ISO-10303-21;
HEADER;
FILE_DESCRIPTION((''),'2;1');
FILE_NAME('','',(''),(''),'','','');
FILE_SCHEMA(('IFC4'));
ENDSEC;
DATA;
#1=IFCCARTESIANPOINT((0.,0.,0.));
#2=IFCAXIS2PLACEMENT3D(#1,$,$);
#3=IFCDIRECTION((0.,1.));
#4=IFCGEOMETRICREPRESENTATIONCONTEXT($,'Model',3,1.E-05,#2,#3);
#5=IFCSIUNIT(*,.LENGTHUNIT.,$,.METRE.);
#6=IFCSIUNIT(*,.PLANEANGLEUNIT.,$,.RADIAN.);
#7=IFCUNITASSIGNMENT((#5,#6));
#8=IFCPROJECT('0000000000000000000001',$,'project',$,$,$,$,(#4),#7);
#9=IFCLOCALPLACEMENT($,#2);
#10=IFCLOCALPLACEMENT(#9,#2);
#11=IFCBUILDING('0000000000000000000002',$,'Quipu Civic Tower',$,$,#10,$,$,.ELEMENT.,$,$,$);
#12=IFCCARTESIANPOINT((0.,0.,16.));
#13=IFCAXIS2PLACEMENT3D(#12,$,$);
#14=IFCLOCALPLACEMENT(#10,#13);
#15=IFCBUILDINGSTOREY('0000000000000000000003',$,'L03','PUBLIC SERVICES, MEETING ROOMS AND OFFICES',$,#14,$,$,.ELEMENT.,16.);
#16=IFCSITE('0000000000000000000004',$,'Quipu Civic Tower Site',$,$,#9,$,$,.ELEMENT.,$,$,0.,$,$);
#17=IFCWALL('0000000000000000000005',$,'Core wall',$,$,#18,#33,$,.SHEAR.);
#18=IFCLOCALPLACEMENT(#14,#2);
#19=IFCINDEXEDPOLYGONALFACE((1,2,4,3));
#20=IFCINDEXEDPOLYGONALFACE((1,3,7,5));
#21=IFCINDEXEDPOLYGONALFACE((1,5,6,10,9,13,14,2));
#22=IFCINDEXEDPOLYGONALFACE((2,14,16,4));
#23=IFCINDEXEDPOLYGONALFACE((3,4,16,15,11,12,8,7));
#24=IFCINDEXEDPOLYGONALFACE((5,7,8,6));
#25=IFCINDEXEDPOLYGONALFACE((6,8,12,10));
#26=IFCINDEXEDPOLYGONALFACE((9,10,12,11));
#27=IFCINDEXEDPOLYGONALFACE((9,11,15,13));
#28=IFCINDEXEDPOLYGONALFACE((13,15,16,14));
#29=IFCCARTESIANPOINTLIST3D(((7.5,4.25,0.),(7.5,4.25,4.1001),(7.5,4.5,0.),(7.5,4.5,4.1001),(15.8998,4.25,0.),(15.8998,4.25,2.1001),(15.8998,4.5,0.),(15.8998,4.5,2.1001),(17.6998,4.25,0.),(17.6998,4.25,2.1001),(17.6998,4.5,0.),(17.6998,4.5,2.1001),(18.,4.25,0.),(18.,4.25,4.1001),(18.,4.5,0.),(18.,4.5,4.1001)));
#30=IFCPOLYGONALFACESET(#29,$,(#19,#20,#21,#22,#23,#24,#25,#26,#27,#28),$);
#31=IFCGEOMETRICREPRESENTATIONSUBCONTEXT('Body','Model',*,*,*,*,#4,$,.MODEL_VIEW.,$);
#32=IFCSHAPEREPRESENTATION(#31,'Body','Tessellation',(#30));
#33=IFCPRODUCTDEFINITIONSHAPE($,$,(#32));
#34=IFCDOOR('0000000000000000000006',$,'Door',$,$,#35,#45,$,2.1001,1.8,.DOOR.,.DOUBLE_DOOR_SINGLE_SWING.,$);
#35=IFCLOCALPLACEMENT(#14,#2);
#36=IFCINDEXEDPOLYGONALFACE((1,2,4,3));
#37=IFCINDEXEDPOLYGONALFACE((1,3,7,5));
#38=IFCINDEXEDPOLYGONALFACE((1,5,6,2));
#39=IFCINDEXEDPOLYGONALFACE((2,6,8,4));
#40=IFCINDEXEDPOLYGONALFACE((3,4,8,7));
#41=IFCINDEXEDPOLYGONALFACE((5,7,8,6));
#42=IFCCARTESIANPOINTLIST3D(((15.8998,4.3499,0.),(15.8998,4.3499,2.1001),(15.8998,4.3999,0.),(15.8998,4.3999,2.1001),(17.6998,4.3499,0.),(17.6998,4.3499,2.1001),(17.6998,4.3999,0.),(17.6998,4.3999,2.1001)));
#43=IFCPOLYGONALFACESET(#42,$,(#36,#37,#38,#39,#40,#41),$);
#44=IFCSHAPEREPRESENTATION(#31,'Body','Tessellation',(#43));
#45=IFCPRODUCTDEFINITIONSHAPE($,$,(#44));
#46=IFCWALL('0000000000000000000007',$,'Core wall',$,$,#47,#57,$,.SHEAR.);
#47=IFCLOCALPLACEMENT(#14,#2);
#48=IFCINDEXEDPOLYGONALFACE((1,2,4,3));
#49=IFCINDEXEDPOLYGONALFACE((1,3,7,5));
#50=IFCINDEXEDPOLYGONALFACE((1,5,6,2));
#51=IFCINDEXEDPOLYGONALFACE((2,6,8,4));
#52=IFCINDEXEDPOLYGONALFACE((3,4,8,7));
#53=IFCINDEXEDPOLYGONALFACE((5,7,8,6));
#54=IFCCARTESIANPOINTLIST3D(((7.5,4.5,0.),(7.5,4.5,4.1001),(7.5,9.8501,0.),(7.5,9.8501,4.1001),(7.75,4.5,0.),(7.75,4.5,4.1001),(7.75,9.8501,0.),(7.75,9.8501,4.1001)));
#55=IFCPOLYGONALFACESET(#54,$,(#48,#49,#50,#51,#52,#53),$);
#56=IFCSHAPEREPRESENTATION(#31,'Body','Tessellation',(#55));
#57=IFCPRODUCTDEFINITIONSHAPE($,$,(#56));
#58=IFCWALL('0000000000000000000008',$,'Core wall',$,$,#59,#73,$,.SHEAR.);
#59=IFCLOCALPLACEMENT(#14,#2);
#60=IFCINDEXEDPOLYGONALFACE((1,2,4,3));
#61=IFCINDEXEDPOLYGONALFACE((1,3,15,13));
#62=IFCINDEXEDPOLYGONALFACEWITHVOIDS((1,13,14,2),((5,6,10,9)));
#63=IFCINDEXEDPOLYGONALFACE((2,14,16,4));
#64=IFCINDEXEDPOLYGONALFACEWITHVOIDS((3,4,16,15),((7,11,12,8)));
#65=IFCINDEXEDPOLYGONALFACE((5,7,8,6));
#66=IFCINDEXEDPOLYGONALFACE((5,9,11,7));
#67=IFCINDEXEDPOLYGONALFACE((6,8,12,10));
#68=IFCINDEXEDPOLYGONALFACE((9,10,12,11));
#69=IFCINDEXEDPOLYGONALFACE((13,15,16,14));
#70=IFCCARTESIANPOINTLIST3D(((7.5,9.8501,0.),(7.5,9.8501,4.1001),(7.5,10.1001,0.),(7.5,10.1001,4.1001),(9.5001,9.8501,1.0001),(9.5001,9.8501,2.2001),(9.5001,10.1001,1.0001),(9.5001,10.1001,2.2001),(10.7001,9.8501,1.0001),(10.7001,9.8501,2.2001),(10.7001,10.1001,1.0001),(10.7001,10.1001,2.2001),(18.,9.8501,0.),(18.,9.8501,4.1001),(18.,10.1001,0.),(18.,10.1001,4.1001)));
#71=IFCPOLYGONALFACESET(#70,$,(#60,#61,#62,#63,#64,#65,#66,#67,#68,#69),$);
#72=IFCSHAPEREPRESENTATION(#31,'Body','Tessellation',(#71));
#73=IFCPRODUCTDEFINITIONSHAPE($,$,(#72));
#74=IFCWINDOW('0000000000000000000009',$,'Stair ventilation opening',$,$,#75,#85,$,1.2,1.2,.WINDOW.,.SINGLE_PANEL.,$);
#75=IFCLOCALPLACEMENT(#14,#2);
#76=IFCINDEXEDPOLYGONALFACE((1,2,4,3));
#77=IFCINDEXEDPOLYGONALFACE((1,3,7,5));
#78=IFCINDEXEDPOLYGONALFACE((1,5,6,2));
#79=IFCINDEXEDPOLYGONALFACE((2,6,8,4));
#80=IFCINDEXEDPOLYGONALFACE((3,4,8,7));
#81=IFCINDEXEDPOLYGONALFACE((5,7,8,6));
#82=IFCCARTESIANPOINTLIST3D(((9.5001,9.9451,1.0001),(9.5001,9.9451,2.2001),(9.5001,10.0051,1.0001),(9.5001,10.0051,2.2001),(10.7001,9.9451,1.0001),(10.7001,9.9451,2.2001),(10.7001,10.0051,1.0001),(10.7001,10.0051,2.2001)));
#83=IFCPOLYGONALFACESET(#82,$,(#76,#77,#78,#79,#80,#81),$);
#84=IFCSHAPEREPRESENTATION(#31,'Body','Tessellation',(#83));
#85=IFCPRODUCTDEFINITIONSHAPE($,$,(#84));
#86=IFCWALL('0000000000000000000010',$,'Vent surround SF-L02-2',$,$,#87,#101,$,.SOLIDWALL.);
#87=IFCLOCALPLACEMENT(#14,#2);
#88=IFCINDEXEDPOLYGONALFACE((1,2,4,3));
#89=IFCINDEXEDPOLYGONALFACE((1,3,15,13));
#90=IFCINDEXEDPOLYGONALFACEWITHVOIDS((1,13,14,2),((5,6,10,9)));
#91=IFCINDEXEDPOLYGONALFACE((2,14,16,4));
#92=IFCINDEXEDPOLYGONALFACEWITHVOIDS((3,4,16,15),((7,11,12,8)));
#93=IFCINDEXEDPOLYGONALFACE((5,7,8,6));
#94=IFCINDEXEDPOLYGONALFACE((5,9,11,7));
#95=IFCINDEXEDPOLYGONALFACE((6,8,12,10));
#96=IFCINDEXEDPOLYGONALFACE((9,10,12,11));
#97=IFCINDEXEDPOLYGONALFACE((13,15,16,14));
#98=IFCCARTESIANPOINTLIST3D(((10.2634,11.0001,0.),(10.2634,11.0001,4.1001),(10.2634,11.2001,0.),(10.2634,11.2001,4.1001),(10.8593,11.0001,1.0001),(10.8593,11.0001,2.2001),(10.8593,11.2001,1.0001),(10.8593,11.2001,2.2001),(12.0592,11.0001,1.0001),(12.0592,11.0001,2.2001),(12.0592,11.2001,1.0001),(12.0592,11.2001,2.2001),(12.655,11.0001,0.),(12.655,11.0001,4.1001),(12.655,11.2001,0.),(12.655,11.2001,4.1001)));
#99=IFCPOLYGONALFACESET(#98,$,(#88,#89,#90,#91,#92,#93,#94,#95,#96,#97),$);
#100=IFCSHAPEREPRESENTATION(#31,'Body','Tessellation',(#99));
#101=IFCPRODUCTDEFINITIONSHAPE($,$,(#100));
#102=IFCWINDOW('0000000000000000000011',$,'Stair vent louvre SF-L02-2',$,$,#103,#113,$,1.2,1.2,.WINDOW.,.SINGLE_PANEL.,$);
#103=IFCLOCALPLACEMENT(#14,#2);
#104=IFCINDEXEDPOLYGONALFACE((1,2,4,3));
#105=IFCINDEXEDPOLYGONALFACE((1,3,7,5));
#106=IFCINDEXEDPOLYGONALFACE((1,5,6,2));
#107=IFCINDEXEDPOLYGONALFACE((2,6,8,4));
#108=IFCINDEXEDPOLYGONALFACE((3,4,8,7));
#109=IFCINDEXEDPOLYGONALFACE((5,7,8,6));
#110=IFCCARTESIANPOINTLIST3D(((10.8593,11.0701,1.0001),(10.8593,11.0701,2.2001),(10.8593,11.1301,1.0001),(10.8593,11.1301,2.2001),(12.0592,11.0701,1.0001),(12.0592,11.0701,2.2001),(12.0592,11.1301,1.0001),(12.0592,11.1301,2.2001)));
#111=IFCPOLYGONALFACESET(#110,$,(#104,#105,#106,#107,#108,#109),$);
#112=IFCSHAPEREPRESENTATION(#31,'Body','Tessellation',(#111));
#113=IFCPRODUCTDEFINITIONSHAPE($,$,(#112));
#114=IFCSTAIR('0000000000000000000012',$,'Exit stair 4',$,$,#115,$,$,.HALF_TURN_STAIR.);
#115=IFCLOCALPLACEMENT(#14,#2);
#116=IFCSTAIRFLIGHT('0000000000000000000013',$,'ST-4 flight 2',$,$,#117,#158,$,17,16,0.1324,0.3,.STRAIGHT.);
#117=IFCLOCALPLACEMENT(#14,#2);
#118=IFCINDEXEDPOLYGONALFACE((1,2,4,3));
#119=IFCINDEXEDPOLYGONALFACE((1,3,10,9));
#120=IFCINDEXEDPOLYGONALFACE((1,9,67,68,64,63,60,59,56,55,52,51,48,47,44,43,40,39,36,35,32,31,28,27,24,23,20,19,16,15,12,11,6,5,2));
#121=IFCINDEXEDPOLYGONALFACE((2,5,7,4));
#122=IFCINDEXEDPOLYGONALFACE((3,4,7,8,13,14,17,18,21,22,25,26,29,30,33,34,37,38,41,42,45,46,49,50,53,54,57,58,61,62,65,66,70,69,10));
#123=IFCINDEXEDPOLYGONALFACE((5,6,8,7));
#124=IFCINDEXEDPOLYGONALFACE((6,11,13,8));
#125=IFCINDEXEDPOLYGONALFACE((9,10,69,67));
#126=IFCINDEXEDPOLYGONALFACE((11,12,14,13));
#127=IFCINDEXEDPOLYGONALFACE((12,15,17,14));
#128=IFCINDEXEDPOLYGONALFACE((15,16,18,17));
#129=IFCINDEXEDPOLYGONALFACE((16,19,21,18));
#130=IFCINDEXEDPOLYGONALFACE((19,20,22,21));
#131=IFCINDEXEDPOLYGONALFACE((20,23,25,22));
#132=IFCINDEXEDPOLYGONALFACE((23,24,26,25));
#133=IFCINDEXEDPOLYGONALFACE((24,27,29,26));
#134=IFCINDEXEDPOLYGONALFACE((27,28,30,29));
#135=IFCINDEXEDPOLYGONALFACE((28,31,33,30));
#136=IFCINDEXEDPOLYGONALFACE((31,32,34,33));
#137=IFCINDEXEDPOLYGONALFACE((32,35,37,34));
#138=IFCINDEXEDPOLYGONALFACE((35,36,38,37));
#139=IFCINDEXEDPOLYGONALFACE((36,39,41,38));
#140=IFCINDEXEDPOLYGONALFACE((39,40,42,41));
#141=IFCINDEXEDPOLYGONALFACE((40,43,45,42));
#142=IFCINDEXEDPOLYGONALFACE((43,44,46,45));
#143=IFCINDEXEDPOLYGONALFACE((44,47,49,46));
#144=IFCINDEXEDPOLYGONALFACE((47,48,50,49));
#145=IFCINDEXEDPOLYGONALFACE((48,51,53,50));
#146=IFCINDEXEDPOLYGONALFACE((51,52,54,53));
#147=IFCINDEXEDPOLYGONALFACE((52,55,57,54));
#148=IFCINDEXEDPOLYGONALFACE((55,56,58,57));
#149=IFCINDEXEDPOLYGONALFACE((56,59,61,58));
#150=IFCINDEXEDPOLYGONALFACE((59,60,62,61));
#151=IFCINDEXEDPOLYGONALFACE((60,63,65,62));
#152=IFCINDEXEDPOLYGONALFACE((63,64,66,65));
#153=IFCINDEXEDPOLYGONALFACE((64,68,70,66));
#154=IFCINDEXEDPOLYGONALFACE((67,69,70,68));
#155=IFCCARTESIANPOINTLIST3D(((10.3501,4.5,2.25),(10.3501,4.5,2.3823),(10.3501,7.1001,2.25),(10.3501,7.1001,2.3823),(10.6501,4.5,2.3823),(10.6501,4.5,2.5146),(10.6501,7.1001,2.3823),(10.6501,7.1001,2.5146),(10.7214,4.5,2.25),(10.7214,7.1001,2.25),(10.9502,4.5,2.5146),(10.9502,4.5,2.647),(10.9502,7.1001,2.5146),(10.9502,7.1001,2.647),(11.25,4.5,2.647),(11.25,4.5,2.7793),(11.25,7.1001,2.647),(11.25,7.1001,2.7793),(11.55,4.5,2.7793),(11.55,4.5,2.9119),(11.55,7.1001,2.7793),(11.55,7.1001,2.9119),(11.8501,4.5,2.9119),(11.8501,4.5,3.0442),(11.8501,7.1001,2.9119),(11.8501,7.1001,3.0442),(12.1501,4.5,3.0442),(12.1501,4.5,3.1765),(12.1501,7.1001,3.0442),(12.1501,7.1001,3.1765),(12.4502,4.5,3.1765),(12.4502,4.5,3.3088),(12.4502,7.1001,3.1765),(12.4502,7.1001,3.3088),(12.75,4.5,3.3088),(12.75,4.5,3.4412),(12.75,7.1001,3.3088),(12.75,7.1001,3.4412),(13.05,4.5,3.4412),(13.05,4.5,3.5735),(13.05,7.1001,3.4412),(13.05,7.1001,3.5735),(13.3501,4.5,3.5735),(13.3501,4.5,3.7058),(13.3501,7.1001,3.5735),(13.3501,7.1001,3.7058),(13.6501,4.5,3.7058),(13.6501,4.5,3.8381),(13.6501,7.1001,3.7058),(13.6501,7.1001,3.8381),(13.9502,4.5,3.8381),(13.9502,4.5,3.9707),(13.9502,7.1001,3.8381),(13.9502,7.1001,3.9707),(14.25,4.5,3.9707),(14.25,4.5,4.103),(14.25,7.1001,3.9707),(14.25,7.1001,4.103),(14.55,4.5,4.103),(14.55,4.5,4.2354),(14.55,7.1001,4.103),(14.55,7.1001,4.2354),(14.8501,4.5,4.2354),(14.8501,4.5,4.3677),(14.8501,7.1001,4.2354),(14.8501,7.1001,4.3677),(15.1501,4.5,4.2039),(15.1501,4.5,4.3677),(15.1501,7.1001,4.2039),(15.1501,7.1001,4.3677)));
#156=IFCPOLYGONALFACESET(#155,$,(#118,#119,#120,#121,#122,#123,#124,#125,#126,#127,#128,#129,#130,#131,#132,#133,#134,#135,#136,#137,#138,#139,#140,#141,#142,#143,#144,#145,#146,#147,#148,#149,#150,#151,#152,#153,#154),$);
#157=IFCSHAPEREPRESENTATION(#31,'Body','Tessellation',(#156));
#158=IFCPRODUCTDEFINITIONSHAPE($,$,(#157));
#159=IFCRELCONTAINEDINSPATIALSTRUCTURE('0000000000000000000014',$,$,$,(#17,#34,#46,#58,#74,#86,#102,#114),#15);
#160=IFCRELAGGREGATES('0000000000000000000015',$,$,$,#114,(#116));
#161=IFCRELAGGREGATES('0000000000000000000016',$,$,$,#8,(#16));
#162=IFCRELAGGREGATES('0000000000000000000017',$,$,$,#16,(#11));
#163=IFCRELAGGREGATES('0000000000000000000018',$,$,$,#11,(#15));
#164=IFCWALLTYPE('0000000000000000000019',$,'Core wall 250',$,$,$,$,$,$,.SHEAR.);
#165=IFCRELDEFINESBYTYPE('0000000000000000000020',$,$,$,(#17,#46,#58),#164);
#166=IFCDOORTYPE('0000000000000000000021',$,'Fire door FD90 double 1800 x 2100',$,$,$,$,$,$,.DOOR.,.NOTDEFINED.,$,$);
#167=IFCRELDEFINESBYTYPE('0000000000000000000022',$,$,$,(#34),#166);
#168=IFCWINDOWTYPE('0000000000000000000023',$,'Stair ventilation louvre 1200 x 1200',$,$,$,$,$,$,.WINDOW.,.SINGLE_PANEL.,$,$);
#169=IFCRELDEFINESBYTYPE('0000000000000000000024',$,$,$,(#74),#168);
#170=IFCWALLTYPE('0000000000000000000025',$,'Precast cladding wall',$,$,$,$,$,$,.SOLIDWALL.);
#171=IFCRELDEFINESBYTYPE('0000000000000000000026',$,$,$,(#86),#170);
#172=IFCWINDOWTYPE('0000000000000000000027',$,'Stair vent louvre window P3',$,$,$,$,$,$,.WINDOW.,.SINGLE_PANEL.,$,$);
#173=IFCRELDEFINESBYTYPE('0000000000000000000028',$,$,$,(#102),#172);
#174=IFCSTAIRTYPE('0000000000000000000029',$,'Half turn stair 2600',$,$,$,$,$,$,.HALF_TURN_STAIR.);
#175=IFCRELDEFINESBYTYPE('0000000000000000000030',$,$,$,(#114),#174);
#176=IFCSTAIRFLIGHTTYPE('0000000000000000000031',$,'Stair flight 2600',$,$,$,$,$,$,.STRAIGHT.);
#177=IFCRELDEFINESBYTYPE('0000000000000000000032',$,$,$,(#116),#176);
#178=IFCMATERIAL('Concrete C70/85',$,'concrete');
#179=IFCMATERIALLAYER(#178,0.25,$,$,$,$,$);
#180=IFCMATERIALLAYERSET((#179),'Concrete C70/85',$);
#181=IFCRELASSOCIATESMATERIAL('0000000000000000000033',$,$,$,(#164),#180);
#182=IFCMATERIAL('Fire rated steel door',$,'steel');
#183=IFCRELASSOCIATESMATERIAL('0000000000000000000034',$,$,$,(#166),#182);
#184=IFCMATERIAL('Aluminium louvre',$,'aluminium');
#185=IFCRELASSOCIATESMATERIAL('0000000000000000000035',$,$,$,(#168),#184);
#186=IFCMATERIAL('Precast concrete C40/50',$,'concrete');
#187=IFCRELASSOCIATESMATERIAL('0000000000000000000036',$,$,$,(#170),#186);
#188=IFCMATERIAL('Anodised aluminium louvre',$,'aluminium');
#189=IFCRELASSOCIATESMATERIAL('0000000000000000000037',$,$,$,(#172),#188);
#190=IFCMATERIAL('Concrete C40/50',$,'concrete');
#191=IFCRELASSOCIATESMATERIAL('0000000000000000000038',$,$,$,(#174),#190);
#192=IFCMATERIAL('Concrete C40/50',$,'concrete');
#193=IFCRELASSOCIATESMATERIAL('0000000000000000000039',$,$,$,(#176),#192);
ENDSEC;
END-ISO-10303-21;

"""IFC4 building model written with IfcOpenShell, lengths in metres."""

from ifc_helpers import new_model, si_unit, direction, frame, frame_2d, origin, place, context, subcontext, project, spatial, polyline, rectangle, outline, extrude, material, layer, layer_set, type_object, element, fill, aggregate, save


model = new_model("IFC4")

# Units and contexts
model_context = context("Model", 3, precision=1e-05, world=origin(), true_north=direction((0.0, 1.0)))
body_context = subcontext(model_context, "Body", "Model", "MODEL_VIEW")
ifc_project = project(units=[si_unit("LENGTHUNIT", "METRE"), si_unit("PLANEANGLEUNIT", "RADIAN")], contexts=[model_context])

# Site, building, storey
site_placement = place(None, origin())
site = spatial("IfcSite", under=ifc_project, at=site_placement, Name="Quipu Civic Tower Site", CompositionType="ELEMENT", RefElevation=0.0)
building_placement = place(site_placement, origin())
building = spatial("IfcBuilding", under=site, at=building_placement, Name="Quipu Civic Tower", CompositionType="ELEMENT")
storey_placement = place(building_placement, frame((0.0, 0.0, 16.0)))
storey = spatial("IfcBuildingStorey", under=building, at=storey_placement, Name="L03", Description="PUBLIC SERVICES, MEETING ROOMS AND OFFICES", CompositionType="ELEMENT", Elevation=16.0)

# Shared definitions
ifc_material_1 = material(Name="Concrete C70/85", Category="concrete")
ifc_layer_1 = layer(ifc_material_1, 0.25)
ifc_layer_set_1 = layer_set([ifc_layer_1], Name="Concrete C70/85")
wall_type_1 = type_object("IfcWallType", Name="Core wall 250", PredefinedType="SHEAR", material=ifc_layer_set_1)
ifc_material_2 = material(Name="Fire rated steel door", Category="steel")
door_type = type_object("IfcDoorType", Name="Fire door FD90 double 1800 x 2100", OperationType="NOTDEFINED", PredefinedType="DOOR", material=ifc_material_2)

# Wall, opening, door
wall_1_placement = place(storey_placement, frame((7.5, 4.375, 0.0), z_axis=(0.0, 0.0, 1.0), x_axis=(1.0, 0.0, 0.0)))
wall_1 = element("IfcWall", 1, at=wall_1_placement, inside=storey, type_object=wall_type_1, Name="Core wall", PredefinedType="SHEAR", context=body_context, shape_type="SweptSolid", body=[
    extrude(rectangle(XDim=10.5, YDim=0.25, at=frame_2d((5.25, 0.0))), origin(), (0.0, 0.0, 1.0), 4.1001),
])
opening_1_placement = place(wall_1_placement, frame((8.3999, 0.0, 0.0)))
opening_1 = element("IfcOpeningElement", 2, at=opening_1_placement, cuts=wall_1, PredefinedType="OPENING", context=body_context, shape_type="SweptSolid", body=[
    extrude(rectangle(XDim=1.8, YDim=2.1001, at=frame_2d((0.8999, 1.05))), frame((0.0, 0.135, 0.0), z_axis=(0.0, -1.0, 0.0), x_axis=(1.0, 0.0, 0.0)), (0.0, 0.0, 1.0), 0.27),
])
door_1_placement = place(opening_1_placement, origin())
door_1 = element("IfcDoor", 3, at=door_1_placement, inside=storey, type_object=door_type, Name="Door", OperationType="DOUBLE_DOOR_SINGLE_SWING", OverallHeight=2.1001, OverallWidth=1.8, PredefinedType="DOOR", context=body_context, shape_type="SweptSolid", body=[
    extrude(rectangle(XDim=1.8, YDim=2.1001, at=frame_2d((0.8999, 1.05))), frame((0.0, 0.0249, 0.0), z_axis=(0.0, -1.0, 0.0), x_axis=(1.0, 0.0, 0.0)), (0.0, 0.0, 1.0), 0.05),
])
fill(opening_1, door_1)

# Wall
wall_2_placement = place(storey_placement, frame((7.625, 4.5, 0.0), z_axis=(0.0, 0.0, 1.0), x_axis=(0.0, 1.0, 0.0)))
element("IfcWall", 4, at=wall_2_placement, inside=storey, type_object=wall_type_1, Name="Core wall", PredefinedType="SHEAR", context=body_context, shape_type="SweptSolid", body=[
    extrude(rectangle(XDim=5.3501, YDim=0.25, at=frame_2d((2.675, 0.0))), origin(), (0.0, 0.0, 1.0), 4.1001),
])

# Walls, openings, windows
wall_3_placement = place(storey_placement, frame((7.5, 9.9751, 0.0), z_axis=(0.0, 0.0, 1.0), x_axis=(1.0, 0.0, 0.0)))
wall_3 = element("IfcWall", 5, at=wall_3_placement, inside=storey, type_object=wall_type_1, Name="Core wall", PredefinedType="SHEAR", context=body_context, shape_type="SweptSolid", body=[
    extrude(rectangle(XDim=10.5, YDim=0.25, at=frame_2d((5.25, 0.0))), origin(), (0.0, 0.0, 1.0), 4.1001),
])
opening_2_placement = place(wall_3_placement, frame((2.0, 0.0, 1.0)))
opening_2 = element("IfcOpeningElement", 6, at=opening_2_placement, cuts=wall_3, PredefinedType="OPENING", context=body_context, shape_type="SweptSolid", body=[
    extrude(rectangle(XDim=1.2, YDim=1.2, at=frame_2d((0.6001, 0.6001))), frame((0.0, 0.135, 0.0), z_axis=(0.0, -1.0, 0.0), x_axis=(1.0, 0.0, 0.0)), (0.0, 0.0, 1.0), 0.27),
])
ifc_material_3 = material(Name="Aluminium louvre", Category="aluminium")
window_type_1 = type_object("IfcWindowType", Name="Stair ventilation louvre 1200 x 1200", PartitioningType="SINGLE_PANEL", PredefinedType="WINDOW", material=ifc_material_3)
window_1_placement = place(opening_2_placement, origin())
window_1 = element("IfcWindow", 7, at=window_1_placement, inside=storey, type_object=window_type_1, Name="Stair ventilation opening", OverallHeight=1.2, OverallWidth=1.2, PartitioningType="SINGLE_PANEL", PredefinedType="WINDOW", context=body_context, shape_type="SweptSolid", body=[
    extrude(rectangle(XDim=1.2, YDim=1.2, at=frame_2d((0.6001, 0.6001))), frame((0.0, 0.03, 0.0), z_axis=(0.0, -1.0, 0.0), x_axis=(1.0, 0.0, 0.0)), (0.0, 0.0, 1.0), 0.0601),
])
fill(opening_2, window_1)
ifc_material_4 = material(Name="Precast concrete C40/50", Category="concrete")
wall_type_2 = type_object("IfcWallType", Name="Precast cladding wall", PredefinedType="SOLIDWALL", material=ifc_material_4)
wall_4_placement = place(storey_placement, frame((12.655, 11.1001, 0.0), z_axis=(0.0, 0.0, 1.0), x_axis=(-1.0, 0.0, 0.0)))
wall_4 = element("IfcWall", 8, at=wall_4_placement, inside=storey, type_object=wall_type_2, Name="Vent surround SF-L02-2", PredefinedType="SOLIDWALL", context=body_context, shape_type="SweptSolid", body=[
    extrude(rectangle(XDim=2.3916, YDim=0.2, at=frame_2d((1.1958, 0.0))), origin(), (0.0, 0.0, 1.0), 4.1001),
])
opening_3_placement = place(wall_4_placement, frame((0.5957, 0.0, 1.0)))
opening_3 = element("IfcOpeningElement", 9, at=opening_3_placement, cuts=wall_4, PredefinedType="OPENING", context=body_context, shape_type="SweptSolid", body=[
    extrude(rectangle(XDim=1.2, YDim=1.2, at=frame_2d((0.6001, 0.6001))), frame((0.0, 0.1099, 0.0), z_axis=(0.0, -1.0, 0.0), x_axis=(1.0, 0.0, 0.0)), (0.0, 0.0, 1.0), 0.22),
])
ifc_material_5 = material(Name="Anodised aluminium louvre", Category="aluminium")
window_type_2 = type_object("IfcWindowType", Name="Stair vent louvre window P3", PartitioningType="SINGLE_PANEL", PredefinedType="WINDOW", material=ifc_material_5)
window_2_placement = place(opening_3_placement, origin())
window_2 = element("IfcWindow", 10, at=window_2_placement, inside=storey, type_object=window_type_2, Name="Stair vent louvre SF-L02-2", OverallHeight=1.2, OverallWidth=1.2, PartitioningType="SINGLE_PANEL", PredefinedType="WINDOW", context=body_context, shape_type="SweptSolid", body=[
    extrude(rectangle(XDim=1.2, YDim=1.2, at=frame_2d((0.6001, 0.6001))), frame((0.0, 0.03, 0.0), z_axis=(0.0, -1.0, 0.0), x_axis=(1.0, 0.0, 0.0)), (0.0, 0.0, 1.0), 0.0601),
])
fill(opening_3, window_2)

# Stair, stair flight
ifc_material_6 = material(Name="Concrete C40/50", Category="concrete")
stair_type = type_object("IfcStairType", Name="Half turn stair 2600", PredefinedType="HALF_TURN_STAIR", material=ifc_material_6)
stair_placement = place(storey_placement, origin())
stair = element("IfcStair", 11, at=stair_placement, inside=storey, type_object=stair_type, Name="Exit stair 4", PredefinedType="HALF_TURN_STAIR")
ifc_material_7 = material(Name="Concrete C40/50", Category="concrete")
stair_flight_type = type_object("IfcStairFlightType", Name="Stair flight 2600", PredefinedType="STRAIGHT", material=ifc_material_7)
stair_flight_placement = place(storey_placement, frame((10.3501, 5.8, 2.25), z_axis=(0.0, 0.0, 1.0), x_axis=(1.0, 0.0, 0.0)))
stair_flight = element("IfcStairFlight", 12, at=stair_flight_placement, type_object=stair_flight_type, Name="ST-4 flight 2", NumberOfRisers=17, NumberOfTreads=16, PredefinedType="STRAIGHT", RiserHeight=0.1324, TreadLength=0.3, context=body_context, shape_type="SweptSolid", body=[
    extrude(outline(polyline([(0.0, 0.0), (0.0, 0.1323), (0.3, 0.1323), (0.3, 0.2646), (0.6001, 0.2646), (0.6001, 0.397), (0.8999, 0.397), (0.8999, 0.5293), (1.2, 0.5293), (1.2, 0.6619), (1.5, 0.6619), (1.5, 0.7942), (1.8, 0.7942), (1.8, 0.9265), (2.1001, 0.9265), (2.1001, 1.0588), (2.3999, 1.0588), (2.3999, 1.1912), (2.7, 1.1912), (2.7, 1.3235), (3.0, 1.3235), (3.0, 1.4558), (3.3, 1.4558), (3.3, 1.5881), (3.6001, 1.5881), (3.6001, 1.7207), (3.8999, 1.7207), (3.8999, 1.853), (4.2, 1.853), (4.2, 1.9854), (4.5, 1.9854), (4.5, 2.1177), (4.8, 2.1177), (4.8, 2.25), (4.8, 1.9539), (0.3713, 0.0), (0.0, 0.0)])), frame((0.0, 1.3, 0.0), z_axis=(0.0, -1.0, 0.0), x_axis=(1.0, 0.0, 0.0)), (0.0, 0.0, 1.0), 2.6001),
])
aggregate(stair, [stair_flight])

save(model, "model.ifc")
